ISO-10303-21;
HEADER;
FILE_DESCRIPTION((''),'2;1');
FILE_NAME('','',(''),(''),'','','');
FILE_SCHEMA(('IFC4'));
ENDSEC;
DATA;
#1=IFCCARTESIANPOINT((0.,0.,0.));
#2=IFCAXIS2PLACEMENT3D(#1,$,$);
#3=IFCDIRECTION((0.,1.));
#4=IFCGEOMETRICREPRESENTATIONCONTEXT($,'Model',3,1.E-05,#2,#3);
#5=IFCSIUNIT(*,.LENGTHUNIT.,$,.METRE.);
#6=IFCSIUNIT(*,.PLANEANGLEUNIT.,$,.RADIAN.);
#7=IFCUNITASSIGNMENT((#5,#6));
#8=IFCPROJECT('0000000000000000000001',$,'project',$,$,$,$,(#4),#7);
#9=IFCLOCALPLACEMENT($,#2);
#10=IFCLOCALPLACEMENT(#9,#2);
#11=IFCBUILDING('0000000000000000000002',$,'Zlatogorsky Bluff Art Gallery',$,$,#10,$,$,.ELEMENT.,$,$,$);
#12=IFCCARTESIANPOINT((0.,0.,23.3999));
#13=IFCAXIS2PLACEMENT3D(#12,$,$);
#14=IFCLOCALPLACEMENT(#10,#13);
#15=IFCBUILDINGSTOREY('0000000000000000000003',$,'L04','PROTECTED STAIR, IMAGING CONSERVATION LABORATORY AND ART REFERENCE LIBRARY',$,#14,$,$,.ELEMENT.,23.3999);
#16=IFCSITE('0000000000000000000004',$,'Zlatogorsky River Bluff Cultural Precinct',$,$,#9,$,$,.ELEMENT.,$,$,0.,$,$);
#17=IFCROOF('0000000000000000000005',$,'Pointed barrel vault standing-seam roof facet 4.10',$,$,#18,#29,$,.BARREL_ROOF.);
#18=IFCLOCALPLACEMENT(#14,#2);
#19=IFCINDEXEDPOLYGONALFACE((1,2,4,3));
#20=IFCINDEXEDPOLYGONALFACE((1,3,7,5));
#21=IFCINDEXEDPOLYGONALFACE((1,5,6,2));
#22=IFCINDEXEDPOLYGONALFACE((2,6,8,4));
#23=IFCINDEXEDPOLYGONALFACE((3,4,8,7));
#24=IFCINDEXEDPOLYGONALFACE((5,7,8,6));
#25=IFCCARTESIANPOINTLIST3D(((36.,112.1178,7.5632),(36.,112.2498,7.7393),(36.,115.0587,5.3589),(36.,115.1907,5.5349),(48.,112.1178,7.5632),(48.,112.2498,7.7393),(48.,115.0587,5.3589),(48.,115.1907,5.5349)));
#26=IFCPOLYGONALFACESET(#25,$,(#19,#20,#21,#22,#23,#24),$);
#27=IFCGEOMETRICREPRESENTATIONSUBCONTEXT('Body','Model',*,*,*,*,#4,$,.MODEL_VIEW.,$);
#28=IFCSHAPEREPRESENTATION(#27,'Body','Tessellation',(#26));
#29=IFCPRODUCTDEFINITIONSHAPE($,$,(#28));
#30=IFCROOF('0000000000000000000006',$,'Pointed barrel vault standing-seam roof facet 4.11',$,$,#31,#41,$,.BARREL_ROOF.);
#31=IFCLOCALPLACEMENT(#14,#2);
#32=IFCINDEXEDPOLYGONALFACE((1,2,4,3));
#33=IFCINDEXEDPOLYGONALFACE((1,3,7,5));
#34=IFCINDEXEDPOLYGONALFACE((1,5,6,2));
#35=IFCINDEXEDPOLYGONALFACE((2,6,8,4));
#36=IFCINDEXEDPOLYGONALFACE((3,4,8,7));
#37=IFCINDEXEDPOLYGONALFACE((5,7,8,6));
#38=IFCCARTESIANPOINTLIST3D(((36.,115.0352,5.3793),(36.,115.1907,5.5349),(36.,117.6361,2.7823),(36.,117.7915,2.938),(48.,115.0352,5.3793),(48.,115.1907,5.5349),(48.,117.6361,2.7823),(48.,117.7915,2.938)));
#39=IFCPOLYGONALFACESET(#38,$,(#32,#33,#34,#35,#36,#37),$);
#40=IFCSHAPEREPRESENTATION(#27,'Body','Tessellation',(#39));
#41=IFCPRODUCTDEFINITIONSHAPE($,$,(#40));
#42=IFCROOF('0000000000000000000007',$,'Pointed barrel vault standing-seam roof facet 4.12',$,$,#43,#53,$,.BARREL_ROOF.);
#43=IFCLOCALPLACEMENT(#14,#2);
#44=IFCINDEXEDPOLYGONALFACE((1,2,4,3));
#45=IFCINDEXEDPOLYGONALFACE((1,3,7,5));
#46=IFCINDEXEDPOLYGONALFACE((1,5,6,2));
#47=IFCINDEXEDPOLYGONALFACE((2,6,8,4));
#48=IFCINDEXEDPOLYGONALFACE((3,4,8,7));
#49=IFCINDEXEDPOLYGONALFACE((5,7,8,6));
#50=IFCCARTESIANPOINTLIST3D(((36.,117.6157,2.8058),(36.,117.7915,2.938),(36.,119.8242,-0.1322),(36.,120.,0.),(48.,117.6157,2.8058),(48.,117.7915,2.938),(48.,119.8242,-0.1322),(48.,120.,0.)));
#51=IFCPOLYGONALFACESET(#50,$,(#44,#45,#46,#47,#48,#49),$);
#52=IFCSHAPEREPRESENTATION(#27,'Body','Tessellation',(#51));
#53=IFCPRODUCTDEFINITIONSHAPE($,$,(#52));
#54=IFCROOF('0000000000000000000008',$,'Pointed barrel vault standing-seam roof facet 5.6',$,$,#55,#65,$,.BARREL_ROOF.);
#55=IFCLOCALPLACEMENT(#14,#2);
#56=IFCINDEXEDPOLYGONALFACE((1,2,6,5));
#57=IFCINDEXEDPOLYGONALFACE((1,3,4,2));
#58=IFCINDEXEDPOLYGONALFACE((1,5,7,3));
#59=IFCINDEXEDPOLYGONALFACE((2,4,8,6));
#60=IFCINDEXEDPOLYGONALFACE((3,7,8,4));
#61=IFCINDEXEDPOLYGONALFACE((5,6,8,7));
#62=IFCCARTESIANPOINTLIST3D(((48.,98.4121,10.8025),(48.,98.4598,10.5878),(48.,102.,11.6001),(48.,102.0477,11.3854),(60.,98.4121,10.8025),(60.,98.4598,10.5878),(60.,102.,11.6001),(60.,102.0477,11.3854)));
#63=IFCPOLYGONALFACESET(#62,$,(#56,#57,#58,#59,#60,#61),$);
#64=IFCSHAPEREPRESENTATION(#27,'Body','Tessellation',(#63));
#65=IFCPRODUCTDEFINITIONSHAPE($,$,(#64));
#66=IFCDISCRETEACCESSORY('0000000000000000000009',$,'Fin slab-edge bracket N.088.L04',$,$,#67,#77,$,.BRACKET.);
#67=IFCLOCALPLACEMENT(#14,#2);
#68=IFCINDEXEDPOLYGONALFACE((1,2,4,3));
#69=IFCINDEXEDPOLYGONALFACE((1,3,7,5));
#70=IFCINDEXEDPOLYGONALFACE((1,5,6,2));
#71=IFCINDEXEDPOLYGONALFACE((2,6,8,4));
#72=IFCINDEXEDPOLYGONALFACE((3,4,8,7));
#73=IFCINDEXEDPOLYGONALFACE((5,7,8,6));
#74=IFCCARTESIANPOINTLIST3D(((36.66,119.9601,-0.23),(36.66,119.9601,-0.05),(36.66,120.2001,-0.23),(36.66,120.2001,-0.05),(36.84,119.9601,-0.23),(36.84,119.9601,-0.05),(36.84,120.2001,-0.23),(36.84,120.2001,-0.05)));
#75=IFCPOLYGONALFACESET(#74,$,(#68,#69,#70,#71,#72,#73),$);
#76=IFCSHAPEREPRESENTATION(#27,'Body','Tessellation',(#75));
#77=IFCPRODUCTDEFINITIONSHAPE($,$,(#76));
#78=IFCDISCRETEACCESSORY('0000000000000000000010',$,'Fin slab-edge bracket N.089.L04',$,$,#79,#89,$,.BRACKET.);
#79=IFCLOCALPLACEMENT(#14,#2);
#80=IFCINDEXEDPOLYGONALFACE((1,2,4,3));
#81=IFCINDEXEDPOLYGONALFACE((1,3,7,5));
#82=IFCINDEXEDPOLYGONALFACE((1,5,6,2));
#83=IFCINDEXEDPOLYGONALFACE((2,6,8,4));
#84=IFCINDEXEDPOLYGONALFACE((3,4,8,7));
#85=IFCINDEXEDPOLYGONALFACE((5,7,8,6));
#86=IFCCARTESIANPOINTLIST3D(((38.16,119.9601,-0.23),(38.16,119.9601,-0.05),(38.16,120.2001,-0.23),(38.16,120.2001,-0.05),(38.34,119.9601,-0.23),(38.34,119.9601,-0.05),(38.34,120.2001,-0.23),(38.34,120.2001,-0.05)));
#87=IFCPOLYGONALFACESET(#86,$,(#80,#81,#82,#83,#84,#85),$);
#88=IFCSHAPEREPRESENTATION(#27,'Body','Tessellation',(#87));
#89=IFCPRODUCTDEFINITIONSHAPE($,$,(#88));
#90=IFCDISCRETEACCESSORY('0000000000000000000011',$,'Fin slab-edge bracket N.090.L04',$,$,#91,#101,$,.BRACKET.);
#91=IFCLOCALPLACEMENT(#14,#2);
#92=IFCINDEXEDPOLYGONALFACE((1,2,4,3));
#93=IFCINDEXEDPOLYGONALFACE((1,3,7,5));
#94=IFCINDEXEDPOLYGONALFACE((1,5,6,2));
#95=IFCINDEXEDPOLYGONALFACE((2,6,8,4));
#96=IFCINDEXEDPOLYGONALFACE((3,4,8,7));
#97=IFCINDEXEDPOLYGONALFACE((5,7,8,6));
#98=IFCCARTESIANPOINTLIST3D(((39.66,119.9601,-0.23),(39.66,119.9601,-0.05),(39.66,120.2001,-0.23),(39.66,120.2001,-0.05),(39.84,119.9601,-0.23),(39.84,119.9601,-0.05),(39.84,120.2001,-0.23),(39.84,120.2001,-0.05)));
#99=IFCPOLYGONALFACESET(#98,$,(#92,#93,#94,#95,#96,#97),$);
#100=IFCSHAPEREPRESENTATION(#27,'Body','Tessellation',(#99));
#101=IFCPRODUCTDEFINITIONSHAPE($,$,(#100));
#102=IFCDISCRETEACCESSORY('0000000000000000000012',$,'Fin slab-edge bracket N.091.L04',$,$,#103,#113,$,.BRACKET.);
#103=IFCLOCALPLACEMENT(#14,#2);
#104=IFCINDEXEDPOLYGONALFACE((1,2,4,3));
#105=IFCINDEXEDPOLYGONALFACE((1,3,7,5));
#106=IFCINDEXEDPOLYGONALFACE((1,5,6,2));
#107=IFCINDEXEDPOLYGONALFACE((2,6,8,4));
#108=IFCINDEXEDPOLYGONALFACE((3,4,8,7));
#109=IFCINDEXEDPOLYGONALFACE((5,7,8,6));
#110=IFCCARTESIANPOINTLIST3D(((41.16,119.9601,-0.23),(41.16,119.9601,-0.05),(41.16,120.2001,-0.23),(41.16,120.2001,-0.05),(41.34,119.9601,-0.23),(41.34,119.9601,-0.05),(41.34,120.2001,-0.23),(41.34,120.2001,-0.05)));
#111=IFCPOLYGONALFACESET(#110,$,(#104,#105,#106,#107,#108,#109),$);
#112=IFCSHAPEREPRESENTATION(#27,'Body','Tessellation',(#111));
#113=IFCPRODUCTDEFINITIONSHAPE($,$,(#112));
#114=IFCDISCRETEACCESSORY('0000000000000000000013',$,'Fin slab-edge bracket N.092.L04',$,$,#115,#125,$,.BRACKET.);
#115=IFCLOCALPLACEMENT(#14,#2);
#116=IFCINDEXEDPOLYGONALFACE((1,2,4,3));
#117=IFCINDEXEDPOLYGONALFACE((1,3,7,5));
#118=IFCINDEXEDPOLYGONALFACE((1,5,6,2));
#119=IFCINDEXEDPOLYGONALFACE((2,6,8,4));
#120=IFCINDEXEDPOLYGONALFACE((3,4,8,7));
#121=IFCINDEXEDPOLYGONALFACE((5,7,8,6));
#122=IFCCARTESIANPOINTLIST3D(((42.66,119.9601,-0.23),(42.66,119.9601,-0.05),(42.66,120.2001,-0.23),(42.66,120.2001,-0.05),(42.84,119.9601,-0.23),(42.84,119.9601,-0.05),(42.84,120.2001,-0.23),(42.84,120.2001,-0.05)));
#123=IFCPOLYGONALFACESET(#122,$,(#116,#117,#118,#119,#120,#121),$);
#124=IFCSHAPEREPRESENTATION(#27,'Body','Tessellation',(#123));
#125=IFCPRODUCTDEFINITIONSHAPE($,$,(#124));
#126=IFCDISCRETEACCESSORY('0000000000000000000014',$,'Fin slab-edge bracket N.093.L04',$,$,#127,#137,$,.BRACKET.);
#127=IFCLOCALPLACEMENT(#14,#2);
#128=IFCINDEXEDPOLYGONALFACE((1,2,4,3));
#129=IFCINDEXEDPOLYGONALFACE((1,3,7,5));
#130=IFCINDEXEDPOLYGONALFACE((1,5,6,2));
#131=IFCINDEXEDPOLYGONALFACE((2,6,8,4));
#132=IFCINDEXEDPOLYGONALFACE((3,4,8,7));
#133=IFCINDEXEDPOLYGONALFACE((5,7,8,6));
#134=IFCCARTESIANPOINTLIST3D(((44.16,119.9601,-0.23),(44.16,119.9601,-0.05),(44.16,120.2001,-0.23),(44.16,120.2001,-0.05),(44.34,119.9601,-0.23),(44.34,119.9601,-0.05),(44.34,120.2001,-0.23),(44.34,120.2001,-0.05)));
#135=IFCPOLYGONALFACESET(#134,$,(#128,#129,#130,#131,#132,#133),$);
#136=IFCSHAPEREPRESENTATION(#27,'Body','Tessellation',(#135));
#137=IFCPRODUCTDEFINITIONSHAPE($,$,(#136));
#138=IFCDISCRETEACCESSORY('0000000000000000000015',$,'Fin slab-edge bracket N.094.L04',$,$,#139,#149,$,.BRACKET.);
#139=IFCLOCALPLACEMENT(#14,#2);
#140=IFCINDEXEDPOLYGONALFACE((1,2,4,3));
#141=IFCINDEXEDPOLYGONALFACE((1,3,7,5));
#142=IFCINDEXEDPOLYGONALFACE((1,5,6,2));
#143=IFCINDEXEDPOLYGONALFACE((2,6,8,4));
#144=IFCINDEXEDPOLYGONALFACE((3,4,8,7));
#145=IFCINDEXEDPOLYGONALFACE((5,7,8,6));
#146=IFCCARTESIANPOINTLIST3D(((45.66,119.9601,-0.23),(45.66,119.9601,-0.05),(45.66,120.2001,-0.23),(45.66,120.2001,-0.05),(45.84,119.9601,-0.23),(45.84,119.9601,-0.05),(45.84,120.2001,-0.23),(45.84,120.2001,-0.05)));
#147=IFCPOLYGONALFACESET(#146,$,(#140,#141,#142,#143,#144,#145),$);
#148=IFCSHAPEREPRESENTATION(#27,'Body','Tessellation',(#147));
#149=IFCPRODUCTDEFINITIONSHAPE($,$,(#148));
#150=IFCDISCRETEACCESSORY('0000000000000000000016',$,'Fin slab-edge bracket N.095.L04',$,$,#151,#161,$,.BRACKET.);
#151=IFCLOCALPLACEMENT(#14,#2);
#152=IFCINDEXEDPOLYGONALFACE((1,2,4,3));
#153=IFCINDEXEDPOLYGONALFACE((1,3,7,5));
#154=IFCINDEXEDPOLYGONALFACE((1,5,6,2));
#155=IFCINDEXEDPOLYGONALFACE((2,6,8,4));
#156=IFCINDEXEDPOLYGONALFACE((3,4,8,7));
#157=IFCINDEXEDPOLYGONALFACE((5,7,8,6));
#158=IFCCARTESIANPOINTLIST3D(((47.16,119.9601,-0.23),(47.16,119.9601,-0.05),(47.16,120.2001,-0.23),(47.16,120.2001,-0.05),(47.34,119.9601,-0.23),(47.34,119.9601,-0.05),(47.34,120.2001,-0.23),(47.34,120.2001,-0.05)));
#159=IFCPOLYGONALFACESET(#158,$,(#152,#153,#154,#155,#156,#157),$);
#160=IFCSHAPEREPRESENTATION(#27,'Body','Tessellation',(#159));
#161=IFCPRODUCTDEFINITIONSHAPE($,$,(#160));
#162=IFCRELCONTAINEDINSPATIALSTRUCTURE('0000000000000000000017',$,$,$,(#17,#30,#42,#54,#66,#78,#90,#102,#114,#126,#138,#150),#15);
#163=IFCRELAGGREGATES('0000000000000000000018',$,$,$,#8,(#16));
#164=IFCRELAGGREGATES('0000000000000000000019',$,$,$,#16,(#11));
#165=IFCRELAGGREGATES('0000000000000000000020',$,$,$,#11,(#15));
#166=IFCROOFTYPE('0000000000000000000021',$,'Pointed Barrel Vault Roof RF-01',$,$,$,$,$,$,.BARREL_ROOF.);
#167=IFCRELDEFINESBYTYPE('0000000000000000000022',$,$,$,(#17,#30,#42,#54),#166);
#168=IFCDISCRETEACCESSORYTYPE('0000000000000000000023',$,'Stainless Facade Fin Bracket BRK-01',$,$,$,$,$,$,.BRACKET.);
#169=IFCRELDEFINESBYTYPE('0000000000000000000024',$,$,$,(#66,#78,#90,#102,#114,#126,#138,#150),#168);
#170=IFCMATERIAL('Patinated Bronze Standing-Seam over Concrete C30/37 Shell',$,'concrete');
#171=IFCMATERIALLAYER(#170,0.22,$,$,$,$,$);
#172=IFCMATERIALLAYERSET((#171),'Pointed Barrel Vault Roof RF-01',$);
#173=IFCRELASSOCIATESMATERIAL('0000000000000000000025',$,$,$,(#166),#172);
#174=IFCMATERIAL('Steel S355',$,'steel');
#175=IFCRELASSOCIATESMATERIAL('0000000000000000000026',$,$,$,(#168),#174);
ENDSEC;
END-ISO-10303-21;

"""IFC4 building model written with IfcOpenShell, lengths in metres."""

from ifc_helpers import new_model, si_unit, direction, frame, origin, origin_2d, place, context, subcontext, project, spatial, polyline, rectangle, outline, extrude, material, layer, layer_set, type_object, element, save


model = new_model("IFC4")

# Units and contexts
model_context = context("Model", 3, precision=1e-05, world=origin(), true_north=direction((0.0, 1.0)))
body_context = subcontext(model_context, "Body", "Model", "MODEL_VIEW")
ifc_project = project(units=[si_unit("LENGTHUNIT", "METRE"), si_unit("PLANEANGLEUNIT", "RADIAN")], contexts=[model_context])

# Site, building, storey
site_placement = place(None, origin())
site = spatial("IfcSite", under=ifc_project, at=site_placement, Name="Zlatogorsky River Bluff Cultural Precinct", CompositionType="ELEMENT", RefElevation=0.0)
building_placement = place(site_placement, origin())
building = spatial("IfcBuilding", under=site, at=building_placement, Name="Zlatogorsky Bluff Art Gallery", CompositionType="ELEMENT")
storey_placement = place(building_placement, frame((0.0, 0.0, 23.3999)))
storey = spatial("IfcBuildingStorey", under=building, at=storey_placement, Name="L04", Description="PROTECTED STAIR, IMAGING CONSERVATION LABORATORY AND ART REFERENCE LIBRARY", CompositionType="ELEMENT", Elevation=23.3999)

# Shared definitions
ifc_material_1 = material(Name="Steel S355", Category="steel")

# Roofs
ifc_material_2 = material(Name="Patinated Bronze Standing-Seam over Concrete C30/37 Shell", Category="concrete")
ifc_layer_1 = layer(ifc_material_2, 0.22)
ifc_layer_set_1 = layer_set([ifc_layer_1], Name="Pointed Barrel Vault Roof RF-01")
roof_type = type_object("IfcRoofType", Name="Pointed Barrel Vault Roof RF-01", PredefinedType="BARREL_ROOF", material=ifc_layer_set_1)
roof_1_placement = place(storey_placement, frame((36.0, 112.2498, 7.7393), z_axis=(0.0, 0.599766, 0.800175), x_axis=(1.0, 0.0, 0.0)))
element("IfcRoof", 1, at=roof_1_placement, inside=storey, type_object=roof_type, Name="Pointed barrel vault standing-seam roof facet 4.10", PredefinedType="BARREL_ROOF", context=body_context, shape_type="SweptSolid", body=[
    extrude(outline(polyline([(0.0, 0.0), (12.0, 0.0), (12.0, 3.6753), (0.0, 3.6753), (0.0, 0.0)])), origin(), (0.0, 0.0, -1.0), 0.22),
])
roof_2_placement = place(storey_placement, frame((36.0, 115.1907, 5.5349), z_axis=(0.0, 0.706575, 0.707638), x_axis=(1.0, 0.0, 0.0)))
element("IfcRoof", 2, at=roof_2_placement, inside=storey, type_object=roof_type, Name="Pointed barrel vault standing-seam roof facet 4.11", PredefinedType="BARREL_ROOF", context=body_context, shape_type="SweptSolid", body=[
    extrude(outline(polyline([(0.0, 0.0), (12.0, 0.0), (12.0, 3.6754), (0.0, 3.6754), (0.0, 0.0)])), origin(), (0.0, 0.0, -1.0), 0.22),
])
roof_3_placement = place(storey_placement, frame((36.0, 117.7915, 2.938), z_axis=(0.0, 0.799346, 0.600871), x_axis=(1.0, 0.0, 0.0)))
element("IfcRoof", 3, at=roof_3_placement, inside=storey, type_object=roof_type, Name="Pointed barrel vault standing-seam roof facet 4.12", PredefinedType="BARREL_ROOF", context=body_context, shape_type="SweptSolid", body=[
    extrude(outline(polyline([(0.0, 0.0), (12.0, 0.0), (12.0, 3.6755), (0.0, 3.6755), (0.0, 0.0)])), origin(), (0.0, 0.0, -1.0), 0.22),
])
roof_4_placement = place(storey_placement, frame((48.0, 98.4121, 10.8025), z_axis=(0.0, -0.217008, 0.97617), x_axis=(1.0, 0.0, 0.0)))
element("IfcRoof", 4, at=roof_4_placement, inside=storey, type_object=roof_type, Name="Pointed barrel vault standing-seam roof facet 5.6", PredefinedType="BARREL_ROOF", context=body_context, shape_type="SweptSolid", body=[
    extrude(outline(polyline([(0.0, 0.0), (12.0, 0.0), (12.0, 3.6755), (0.0, 3.6755), (0.0, 0.0)])), origin(), (0.0, 0.0, -1.0), 0.22),
])

# Discrete accessories
discrete_accessory_type = type_object("IfcDiscreteAccessoryType", Name="Stainless Facade Fin Bracket BRK-01", PredefinedType="BRACKET", material=ifc_material_1)
for number, where, z_axis, x_axis, name in (
    (5, (36.75, 120.0801, -0.23), (0.0, 0.0, 1.0), (1.0, 0.0, 0.0), "Fin slab-edge bracket N.088.L04"),
    (6, (38.25, 120.0801, -0.23), (0.0, 0.0, 1.0), (1.0, 0.0, 0.0), "Fin slab-edge bracket N.089.L04"),
    (7, (39.75, 120.0801, -0.23), (0.0, 0.0, 1.0), (1.0, 0.0, 0.0), "Fin slab-edge bracket N.090.L04"),
    (8, (41.25, 120.0801, -0.23), (0.0, 0.0, 1.0), (1.0, 0.0, 0.0), "Fin slab-edge bracket N.091.L04"),
    (9, (42.75, 120.0801, -0.23), (0.0, 0.0, 1.0), (1.0, 0.0, 0.0), "Fin slab-edge bracket N.092.L04"),
    (10, (44.25, 120.0801, -0.23), (0.0, 0.0, 1.0), (1.0, 0.0, 0.0), "Fin slab-edge bracket N.093.L04"),
    (11, (45.75, 120.0801, -0.23), (0.0, 0.0, 1.0), (1.0, 0.0, 0.0), "Fin slab-edge bracket N.094.L04"),
    (12, (47.25, 120.0801, -0.23), (0.0, 0.0, 1.0), (1.0, 0.0, 0.0), "Fin slab-edge bracket N.095.L04"),
):
    element("IfcDiscreteAccessory", number, at=place(storey_placement, frame(where, z_axis=z_axis, x_axis=x_axis)), inside=storey, type_object=discrete_accessory_type, Name=name, PredefinedType="BRACKET", context=body_context, shape_type="SweptSolid", body=[
        extrude(rectangle(XDim=0.1799, YDim=0.24, at=origin_2d()), origin(), (0.0, 0.0, 1.0), 0.1799),
    ])

save(model, "model.ifc")
